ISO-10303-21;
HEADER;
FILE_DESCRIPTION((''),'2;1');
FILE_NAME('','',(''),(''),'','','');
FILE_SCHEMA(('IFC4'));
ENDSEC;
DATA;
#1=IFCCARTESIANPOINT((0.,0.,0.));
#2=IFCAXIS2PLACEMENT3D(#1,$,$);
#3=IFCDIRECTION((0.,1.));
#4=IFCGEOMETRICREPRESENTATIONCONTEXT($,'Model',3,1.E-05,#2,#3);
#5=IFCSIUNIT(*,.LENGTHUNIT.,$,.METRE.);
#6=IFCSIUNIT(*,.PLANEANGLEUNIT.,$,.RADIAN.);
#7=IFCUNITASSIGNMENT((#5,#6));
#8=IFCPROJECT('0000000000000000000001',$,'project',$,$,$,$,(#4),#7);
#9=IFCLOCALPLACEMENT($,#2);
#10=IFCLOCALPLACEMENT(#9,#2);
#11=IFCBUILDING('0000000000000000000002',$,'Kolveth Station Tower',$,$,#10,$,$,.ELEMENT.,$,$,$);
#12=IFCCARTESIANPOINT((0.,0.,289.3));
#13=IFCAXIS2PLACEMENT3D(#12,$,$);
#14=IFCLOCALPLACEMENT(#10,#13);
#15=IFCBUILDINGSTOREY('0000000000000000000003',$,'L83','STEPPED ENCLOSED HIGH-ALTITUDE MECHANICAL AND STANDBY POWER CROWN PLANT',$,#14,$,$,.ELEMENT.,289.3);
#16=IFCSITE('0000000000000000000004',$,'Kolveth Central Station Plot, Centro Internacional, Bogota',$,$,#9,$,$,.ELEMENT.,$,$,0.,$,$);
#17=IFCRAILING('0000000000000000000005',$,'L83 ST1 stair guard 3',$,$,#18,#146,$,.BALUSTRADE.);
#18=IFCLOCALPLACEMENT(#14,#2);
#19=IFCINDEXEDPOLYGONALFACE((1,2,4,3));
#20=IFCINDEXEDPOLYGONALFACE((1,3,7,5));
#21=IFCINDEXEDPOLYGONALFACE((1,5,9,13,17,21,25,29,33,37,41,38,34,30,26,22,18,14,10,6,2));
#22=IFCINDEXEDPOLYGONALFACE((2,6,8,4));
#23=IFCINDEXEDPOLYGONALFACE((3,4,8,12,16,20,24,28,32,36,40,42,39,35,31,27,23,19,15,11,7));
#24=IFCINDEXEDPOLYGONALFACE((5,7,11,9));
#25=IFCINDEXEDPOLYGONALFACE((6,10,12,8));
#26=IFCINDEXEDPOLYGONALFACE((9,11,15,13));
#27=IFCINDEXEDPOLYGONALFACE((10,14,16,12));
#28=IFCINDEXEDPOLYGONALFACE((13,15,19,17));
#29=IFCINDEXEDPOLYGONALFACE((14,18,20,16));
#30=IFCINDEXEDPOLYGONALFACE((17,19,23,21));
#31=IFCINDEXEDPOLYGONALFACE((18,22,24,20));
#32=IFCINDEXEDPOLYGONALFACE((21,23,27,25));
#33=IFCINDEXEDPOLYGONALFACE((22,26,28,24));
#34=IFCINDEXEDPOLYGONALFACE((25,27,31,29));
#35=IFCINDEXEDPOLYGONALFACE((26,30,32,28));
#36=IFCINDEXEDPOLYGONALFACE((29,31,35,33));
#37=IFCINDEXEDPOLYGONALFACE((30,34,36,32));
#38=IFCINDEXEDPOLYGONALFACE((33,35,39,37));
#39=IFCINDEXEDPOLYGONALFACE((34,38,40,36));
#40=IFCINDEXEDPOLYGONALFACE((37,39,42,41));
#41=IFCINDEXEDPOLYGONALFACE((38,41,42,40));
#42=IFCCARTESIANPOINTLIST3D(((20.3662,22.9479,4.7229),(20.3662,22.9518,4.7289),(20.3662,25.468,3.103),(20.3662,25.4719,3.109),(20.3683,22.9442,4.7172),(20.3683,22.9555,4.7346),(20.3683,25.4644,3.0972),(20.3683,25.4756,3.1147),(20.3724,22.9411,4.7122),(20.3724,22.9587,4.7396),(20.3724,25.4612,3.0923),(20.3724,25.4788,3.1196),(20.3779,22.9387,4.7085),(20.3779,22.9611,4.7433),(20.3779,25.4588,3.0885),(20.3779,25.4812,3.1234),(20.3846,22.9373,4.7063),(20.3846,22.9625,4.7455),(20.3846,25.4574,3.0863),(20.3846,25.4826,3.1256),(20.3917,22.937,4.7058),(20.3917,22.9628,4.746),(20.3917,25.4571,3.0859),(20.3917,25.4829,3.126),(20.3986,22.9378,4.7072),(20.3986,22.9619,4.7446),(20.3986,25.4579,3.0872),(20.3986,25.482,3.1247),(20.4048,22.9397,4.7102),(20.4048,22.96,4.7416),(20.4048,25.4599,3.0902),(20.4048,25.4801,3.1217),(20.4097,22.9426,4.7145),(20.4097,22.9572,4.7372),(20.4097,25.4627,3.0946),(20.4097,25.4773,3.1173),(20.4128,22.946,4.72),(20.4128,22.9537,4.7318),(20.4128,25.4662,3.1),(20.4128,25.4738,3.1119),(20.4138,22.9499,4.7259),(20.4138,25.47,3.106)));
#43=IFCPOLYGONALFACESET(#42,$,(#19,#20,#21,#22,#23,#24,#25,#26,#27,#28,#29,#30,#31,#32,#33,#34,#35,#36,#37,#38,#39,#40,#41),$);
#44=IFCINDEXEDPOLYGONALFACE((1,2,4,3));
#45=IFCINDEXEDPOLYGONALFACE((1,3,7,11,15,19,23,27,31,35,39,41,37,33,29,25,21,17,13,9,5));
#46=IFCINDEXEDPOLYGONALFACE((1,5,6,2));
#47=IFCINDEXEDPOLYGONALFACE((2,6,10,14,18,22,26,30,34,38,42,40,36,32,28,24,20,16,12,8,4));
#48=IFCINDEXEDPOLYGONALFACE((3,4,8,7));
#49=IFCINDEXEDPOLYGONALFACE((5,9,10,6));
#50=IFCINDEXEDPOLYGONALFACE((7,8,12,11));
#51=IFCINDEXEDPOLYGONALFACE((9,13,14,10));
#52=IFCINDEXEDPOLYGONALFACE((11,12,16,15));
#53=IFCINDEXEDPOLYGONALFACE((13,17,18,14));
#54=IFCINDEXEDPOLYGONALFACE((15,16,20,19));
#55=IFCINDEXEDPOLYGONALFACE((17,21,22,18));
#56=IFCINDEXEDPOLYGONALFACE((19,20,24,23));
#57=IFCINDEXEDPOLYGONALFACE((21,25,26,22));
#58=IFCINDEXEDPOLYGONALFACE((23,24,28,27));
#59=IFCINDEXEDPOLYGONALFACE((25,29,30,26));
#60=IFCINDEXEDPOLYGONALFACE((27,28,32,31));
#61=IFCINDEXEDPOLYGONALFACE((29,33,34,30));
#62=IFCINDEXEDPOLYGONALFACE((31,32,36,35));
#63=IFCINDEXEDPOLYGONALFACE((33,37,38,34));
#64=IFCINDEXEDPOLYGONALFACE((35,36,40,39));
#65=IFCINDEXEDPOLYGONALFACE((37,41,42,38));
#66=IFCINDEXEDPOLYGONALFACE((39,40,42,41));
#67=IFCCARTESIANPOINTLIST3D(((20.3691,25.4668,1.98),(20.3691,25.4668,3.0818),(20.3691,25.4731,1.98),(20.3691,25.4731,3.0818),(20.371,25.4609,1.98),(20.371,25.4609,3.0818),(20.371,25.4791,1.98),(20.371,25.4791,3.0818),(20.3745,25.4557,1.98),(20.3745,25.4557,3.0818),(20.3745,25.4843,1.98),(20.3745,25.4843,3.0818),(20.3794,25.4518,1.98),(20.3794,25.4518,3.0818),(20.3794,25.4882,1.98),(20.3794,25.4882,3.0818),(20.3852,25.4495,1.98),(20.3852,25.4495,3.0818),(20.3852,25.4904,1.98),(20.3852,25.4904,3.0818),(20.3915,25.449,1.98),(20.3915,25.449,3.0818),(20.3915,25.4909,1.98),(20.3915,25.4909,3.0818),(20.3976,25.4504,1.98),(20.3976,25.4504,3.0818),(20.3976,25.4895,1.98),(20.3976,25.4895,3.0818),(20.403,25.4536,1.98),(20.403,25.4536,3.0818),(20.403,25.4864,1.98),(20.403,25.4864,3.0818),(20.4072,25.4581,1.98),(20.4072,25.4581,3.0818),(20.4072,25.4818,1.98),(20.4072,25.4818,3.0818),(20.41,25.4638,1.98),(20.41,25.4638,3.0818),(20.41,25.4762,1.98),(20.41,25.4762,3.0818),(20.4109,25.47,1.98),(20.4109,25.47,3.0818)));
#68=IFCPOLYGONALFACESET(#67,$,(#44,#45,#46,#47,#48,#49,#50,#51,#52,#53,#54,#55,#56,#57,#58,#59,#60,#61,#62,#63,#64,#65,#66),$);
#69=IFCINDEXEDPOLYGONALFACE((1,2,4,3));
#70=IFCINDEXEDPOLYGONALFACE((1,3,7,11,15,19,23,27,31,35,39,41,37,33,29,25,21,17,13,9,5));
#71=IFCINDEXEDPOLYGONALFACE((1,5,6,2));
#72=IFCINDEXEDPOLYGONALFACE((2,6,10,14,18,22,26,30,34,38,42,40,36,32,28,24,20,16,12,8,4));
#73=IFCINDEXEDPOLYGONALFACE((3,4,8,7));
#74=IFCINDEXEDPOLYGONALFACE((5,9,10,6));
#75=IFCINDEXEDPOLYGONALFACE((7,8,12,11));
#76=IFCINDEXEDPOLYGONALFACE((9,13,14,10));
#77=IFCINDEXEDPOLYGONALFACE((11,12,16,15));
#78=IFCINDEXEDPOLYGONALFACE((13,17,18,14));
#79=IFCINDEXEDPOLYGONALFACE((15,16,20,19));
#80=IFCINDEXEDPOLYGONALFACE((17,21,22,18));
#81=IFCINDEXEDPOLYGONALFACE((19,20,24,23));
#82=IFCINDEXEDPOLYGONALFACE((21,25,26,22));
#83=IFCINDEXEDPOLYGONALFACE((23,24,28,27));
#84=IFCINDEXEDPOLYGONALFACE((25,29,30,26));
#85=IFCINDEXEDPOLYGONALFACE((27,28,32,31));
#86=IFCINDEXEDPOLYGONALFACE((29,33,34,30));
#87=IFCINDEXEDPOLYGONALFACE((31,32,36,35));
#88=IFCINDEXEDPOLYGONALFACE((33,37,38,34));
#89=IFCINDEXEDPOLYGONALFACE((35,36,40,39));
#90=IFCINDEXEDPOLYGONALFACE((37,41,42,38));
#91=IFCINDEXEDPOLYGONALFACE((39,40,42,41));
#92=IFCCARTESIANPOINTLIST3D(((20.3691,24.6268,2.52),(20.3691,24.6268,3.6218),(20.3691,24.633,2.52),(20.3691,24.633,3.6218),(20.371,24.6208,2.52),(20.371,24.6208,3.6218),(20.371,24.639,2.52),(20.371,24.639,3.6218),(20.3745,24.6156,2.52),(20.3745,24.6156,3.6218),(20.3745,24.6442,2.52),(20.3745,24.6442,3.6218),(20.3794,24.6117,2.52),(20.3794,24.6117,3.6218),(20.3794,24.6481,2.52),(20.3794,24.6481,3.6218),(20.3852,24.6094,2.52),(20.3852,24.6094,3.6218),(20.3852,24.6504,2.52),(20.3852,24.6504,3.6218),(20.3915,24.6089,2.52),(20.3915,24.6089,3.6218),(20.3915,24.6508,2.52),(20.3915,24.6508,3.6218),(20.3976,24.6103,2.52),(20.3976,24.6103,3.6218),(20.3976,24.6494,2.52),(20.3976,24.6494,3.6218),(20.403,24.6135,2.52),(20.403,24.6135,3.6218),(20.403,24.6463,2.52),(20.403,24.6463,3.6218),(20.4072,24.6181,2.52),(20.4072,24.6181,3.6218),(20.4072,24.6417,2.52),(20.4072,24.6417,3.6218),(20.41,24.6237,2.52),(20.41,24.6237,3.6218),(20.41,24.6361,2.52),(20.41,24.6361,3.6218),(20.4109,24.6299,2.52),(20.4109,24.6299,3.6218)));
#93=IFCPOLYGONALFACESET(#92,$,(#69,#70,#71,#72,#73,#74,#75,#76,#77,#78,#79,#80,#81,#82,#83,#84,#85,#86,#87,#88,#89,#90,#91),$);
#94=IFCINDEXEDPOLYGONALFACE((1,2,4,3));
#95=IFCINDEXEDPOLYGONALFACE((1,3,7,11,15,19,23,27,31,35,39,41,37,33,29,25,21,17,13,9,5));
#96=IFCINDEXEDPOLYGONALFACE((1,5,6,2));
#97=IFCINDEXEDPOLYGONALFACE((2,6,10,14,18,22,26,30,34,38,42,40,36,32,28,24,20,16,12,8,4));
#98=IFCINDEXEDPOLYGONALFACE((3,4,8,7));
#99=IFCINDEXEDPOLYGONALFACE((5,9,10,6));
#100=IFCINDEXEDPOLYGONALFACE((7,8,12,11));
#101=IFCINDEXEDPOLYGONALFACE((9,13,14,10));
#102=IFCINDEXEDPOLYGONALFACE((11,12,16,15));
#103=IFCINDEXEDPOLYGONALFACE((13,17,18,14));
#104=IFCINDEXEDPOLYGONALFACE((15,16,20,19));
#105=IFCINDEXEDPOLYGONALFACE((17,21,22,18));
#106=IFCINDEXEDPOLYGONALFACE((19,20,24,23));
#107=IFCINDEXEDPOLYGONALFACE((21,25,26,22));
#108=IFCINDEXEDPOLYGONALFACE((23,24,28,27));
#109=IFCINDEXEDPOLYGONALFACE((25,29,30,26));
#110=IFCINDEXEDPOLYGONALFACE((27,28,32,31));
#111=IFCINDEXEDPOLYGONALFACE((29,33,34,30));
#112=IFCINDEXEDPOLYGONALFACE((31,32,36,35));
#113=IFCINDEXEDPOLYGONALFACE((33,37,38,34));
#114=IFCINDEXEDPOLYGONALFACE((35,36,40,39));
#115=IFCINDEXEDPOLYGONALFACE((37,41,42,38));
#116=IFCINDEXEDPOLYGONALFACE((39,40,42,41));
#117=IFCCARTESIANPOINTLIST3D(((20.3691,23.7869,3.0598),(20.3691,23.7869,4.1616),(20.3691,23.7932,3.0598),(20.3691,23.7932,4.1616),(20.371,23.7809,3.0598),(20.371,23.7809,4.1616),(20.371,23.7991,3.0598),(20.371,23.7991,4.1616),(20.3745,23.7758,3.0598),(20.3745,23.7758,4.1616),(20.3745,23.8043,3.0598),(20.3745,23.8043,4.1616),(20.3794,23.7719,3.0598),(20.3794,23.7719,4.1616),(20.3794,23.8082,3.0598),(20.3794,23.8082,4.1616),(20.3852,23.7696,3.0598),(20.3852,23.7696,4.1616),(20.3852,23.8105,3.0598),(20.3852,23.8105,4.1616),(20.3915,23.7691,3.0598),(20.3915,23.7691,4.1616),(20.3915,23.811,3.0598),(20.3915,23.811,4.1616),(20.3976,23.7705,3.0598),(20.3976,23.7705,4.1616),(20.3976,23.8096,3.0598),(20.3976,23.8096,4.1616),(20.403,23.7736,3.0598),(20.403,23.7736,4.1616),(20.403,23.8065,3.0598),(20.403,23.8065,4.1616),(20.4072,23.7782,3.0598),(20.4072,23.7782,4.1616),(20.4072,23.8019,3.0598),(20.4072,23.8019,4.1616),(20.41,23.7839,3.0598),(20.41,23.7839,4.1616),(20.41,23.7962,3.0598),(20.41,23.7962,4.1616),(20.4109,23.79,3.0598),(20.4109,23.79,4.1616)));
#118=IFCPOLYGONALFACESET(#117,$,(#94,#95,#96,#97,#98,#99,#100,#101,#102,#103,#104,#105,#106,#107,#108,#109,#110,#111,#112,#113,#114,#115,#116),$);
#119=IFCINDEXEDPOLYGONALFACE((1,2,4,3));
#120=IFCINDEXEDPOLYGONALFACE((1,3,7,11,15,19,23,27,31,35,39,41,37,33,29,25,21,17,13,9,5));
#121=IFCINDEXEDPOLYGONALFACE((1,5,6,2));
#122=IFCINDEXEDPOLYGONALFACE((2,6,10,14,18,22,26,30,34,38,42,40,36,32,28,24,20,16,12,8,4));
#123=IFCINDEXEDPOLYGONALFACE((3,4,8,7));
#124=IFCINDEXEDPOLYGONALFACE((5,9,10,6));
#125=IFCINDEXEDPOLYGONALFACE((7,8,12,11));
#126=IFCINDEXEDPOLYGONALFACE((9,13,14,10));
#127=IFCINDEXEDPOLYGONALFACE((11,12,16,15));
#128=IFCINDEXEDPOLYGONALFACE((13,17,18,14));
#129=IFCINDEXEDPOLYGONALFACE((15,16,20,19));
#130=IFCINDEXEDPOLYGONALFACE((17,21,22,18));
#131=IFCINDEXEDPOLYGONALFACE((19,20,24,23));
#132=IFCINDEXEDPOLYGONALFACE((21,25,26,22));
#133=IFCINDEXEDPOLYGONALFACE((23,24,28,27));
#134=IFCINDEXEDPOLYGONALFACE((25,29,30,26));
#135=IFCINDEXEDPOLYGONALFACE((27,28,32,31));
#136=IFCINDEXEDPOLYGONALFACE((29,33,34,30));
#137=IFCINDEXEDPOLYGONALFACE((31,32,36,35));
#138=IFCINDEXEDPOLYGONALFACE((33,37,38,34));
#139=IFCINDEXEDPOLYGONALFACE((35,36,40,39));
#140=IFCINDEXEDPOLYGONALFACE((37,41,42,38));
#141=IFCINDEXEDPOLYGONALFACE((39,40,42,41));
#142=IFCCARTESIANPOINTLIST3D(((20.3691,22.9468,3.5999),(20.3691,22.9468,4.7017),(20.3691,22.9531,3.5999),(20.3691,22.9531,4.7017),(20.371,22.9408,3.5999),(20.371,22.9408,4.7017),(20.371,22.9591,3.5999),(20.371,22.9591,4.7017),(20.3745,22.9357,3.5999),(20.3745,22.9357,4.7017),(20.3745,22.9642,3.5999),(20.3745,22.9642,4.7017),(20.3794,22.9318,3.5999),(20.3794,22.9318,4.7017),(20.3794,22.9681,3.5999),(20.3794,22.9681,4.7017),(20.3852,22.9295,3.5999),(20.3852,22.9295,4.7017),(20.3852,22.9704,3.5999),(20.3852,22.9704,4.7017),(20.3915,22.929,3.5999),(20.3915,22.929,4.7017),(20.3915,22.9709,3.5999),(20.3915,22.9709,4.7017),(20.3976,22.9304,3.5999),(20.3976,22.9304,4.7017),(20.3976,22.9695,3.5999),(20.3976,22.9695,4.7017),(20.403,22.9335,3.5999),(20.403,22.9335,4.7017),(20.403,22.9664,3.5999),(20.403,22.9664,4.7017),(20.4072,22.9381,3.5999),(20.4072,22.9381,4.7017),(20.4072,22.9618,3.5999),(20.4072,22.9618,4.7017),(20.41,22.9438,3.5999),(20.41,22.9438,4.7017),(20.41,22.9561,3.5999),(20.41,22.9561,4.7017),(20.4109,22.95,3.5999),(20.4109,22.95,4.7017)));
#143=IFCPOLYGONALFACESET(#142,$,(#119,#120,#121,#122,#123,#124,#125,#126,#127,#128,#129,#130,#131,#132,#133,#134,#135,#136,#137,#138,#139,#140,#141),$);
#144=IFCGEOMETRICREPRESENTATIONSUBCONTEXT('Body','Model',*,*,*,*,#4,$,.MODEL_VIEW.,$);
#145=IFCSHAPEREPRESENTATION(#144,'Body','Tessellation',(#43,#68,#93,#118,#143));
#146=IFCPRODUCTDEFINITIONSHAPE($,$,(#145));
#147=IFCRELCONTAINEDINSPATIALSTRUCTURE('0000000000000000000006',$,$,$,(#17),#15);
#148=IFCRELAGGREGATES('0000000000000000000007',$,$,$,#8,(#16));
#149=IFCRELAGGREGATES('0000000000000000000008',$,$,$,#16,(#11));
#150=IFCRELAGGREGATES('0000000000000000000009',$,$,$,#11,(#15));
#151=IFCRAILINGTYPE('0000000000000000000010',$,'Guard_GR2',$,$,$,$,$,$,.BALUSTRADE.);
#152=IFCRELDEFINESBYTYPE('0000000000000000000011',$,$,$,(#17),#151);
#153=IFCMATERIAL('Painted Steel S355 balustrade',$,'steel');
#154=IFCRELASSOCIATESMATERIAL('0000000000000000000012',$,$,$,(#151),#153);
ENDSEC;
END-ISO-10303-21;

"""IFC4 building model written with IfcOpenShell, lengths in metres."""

from ifc_helpers import new_model, si_unit, direction, frame, origin, origin_2d, place, context, subcontext, project, spatial, circle, extrude, material, type_object, element, save


model = new_model("IFC4")

# Units and contexts
model_context = context("Model", 3, precision=1e-05, world=origin(), true_north=direction((0.0, 1.0)))
body_context = subcontext(model_context, "Body", "Model", "MODEL_VIEW")
ifc_project = project(units=[si_unit("LENGTHUNIT", "METRE"), si_unit("PLANEANGLEUNIT", "RADIAN")], contexts=[model_context])

# Site, building, storey
site_placement = place(None, origin())
site = spatial("IfcSite", under=ifc_project, at=site_placement, Name="Kolveth Central Station Plot, Centro Internacional, Bogota", CompositionType="ELEMENT", RefElevation=0.0)
building_placement = place(site_placement, origin())
building = spatial("IfcBuilding", under=site, at=building_placement, Name="Kolveth Station Tower", CompositionType="ELEMENT")
storey_placement = place(building_placement, frame((0.0, 0.0, 289.3)))
storey = spatial("IfcBuildingStorey", under=building, at=storey_placement, Name="L83", Description="STEPPED ENCLOSED HIGH-ALTITUDE MECHANICAL AND STANDBY POWER CROWN PLANT", CompositionType="ELEMENT", Elevation=289.3)

# Railing
ifc_material_1 = material(Name="Painted Steel S355 balustrade", Category="steel")
railing_type_1 = type_object("IfcRailingType", Name="Guard_GR2", PredefinedType="BALUSTRADE", material=ifc_material_1)
railing_1_placement = place(storey_placement, frame((20.3899, 25.47, 1.98)))
element("IfcRailing", 1, at=railing_1_placement, inside=storey, type_object=railing_type_1, Name="L83 ST1 stair guard 3", PredefinedType="BALUSTRADE", context=body_context, shape_type="SweptSolid", body=[
    extrude(circle(Radius=0.0239, at=origin_2d()), frame((0.0, 0.0, 1.126), z_axis=(0.0, -0.8412, 0.540725), x_axis=(1.0, 0.0, 0.0)), (0.0, 0.0, 1.0), 2.9958),
    extrude(circle(Radius=0.021, at=origin_2d()), origin(), (0.0, 0.0, 1.0), 1.1018),
    extrude(circle(Radius=0.021, at=origin_2d()), frame((0.0, -0.8401, 0.54)), (0.0, 0.0, 1.0), 1.1018),
    extrude(circle(Radius=0.021, at=origin_2d()), frame((0.0, -1.6799, 1.0798)), (0.0, 0.0, 1.0), 1.1018),
    extrude(circle(Radius=0.021, at=origin_2d()), frame((0.0, -2.52, 1.6199)), (0.0, 0.0, 1.0), 1.1018),
])

save(model, "model.ifc")
